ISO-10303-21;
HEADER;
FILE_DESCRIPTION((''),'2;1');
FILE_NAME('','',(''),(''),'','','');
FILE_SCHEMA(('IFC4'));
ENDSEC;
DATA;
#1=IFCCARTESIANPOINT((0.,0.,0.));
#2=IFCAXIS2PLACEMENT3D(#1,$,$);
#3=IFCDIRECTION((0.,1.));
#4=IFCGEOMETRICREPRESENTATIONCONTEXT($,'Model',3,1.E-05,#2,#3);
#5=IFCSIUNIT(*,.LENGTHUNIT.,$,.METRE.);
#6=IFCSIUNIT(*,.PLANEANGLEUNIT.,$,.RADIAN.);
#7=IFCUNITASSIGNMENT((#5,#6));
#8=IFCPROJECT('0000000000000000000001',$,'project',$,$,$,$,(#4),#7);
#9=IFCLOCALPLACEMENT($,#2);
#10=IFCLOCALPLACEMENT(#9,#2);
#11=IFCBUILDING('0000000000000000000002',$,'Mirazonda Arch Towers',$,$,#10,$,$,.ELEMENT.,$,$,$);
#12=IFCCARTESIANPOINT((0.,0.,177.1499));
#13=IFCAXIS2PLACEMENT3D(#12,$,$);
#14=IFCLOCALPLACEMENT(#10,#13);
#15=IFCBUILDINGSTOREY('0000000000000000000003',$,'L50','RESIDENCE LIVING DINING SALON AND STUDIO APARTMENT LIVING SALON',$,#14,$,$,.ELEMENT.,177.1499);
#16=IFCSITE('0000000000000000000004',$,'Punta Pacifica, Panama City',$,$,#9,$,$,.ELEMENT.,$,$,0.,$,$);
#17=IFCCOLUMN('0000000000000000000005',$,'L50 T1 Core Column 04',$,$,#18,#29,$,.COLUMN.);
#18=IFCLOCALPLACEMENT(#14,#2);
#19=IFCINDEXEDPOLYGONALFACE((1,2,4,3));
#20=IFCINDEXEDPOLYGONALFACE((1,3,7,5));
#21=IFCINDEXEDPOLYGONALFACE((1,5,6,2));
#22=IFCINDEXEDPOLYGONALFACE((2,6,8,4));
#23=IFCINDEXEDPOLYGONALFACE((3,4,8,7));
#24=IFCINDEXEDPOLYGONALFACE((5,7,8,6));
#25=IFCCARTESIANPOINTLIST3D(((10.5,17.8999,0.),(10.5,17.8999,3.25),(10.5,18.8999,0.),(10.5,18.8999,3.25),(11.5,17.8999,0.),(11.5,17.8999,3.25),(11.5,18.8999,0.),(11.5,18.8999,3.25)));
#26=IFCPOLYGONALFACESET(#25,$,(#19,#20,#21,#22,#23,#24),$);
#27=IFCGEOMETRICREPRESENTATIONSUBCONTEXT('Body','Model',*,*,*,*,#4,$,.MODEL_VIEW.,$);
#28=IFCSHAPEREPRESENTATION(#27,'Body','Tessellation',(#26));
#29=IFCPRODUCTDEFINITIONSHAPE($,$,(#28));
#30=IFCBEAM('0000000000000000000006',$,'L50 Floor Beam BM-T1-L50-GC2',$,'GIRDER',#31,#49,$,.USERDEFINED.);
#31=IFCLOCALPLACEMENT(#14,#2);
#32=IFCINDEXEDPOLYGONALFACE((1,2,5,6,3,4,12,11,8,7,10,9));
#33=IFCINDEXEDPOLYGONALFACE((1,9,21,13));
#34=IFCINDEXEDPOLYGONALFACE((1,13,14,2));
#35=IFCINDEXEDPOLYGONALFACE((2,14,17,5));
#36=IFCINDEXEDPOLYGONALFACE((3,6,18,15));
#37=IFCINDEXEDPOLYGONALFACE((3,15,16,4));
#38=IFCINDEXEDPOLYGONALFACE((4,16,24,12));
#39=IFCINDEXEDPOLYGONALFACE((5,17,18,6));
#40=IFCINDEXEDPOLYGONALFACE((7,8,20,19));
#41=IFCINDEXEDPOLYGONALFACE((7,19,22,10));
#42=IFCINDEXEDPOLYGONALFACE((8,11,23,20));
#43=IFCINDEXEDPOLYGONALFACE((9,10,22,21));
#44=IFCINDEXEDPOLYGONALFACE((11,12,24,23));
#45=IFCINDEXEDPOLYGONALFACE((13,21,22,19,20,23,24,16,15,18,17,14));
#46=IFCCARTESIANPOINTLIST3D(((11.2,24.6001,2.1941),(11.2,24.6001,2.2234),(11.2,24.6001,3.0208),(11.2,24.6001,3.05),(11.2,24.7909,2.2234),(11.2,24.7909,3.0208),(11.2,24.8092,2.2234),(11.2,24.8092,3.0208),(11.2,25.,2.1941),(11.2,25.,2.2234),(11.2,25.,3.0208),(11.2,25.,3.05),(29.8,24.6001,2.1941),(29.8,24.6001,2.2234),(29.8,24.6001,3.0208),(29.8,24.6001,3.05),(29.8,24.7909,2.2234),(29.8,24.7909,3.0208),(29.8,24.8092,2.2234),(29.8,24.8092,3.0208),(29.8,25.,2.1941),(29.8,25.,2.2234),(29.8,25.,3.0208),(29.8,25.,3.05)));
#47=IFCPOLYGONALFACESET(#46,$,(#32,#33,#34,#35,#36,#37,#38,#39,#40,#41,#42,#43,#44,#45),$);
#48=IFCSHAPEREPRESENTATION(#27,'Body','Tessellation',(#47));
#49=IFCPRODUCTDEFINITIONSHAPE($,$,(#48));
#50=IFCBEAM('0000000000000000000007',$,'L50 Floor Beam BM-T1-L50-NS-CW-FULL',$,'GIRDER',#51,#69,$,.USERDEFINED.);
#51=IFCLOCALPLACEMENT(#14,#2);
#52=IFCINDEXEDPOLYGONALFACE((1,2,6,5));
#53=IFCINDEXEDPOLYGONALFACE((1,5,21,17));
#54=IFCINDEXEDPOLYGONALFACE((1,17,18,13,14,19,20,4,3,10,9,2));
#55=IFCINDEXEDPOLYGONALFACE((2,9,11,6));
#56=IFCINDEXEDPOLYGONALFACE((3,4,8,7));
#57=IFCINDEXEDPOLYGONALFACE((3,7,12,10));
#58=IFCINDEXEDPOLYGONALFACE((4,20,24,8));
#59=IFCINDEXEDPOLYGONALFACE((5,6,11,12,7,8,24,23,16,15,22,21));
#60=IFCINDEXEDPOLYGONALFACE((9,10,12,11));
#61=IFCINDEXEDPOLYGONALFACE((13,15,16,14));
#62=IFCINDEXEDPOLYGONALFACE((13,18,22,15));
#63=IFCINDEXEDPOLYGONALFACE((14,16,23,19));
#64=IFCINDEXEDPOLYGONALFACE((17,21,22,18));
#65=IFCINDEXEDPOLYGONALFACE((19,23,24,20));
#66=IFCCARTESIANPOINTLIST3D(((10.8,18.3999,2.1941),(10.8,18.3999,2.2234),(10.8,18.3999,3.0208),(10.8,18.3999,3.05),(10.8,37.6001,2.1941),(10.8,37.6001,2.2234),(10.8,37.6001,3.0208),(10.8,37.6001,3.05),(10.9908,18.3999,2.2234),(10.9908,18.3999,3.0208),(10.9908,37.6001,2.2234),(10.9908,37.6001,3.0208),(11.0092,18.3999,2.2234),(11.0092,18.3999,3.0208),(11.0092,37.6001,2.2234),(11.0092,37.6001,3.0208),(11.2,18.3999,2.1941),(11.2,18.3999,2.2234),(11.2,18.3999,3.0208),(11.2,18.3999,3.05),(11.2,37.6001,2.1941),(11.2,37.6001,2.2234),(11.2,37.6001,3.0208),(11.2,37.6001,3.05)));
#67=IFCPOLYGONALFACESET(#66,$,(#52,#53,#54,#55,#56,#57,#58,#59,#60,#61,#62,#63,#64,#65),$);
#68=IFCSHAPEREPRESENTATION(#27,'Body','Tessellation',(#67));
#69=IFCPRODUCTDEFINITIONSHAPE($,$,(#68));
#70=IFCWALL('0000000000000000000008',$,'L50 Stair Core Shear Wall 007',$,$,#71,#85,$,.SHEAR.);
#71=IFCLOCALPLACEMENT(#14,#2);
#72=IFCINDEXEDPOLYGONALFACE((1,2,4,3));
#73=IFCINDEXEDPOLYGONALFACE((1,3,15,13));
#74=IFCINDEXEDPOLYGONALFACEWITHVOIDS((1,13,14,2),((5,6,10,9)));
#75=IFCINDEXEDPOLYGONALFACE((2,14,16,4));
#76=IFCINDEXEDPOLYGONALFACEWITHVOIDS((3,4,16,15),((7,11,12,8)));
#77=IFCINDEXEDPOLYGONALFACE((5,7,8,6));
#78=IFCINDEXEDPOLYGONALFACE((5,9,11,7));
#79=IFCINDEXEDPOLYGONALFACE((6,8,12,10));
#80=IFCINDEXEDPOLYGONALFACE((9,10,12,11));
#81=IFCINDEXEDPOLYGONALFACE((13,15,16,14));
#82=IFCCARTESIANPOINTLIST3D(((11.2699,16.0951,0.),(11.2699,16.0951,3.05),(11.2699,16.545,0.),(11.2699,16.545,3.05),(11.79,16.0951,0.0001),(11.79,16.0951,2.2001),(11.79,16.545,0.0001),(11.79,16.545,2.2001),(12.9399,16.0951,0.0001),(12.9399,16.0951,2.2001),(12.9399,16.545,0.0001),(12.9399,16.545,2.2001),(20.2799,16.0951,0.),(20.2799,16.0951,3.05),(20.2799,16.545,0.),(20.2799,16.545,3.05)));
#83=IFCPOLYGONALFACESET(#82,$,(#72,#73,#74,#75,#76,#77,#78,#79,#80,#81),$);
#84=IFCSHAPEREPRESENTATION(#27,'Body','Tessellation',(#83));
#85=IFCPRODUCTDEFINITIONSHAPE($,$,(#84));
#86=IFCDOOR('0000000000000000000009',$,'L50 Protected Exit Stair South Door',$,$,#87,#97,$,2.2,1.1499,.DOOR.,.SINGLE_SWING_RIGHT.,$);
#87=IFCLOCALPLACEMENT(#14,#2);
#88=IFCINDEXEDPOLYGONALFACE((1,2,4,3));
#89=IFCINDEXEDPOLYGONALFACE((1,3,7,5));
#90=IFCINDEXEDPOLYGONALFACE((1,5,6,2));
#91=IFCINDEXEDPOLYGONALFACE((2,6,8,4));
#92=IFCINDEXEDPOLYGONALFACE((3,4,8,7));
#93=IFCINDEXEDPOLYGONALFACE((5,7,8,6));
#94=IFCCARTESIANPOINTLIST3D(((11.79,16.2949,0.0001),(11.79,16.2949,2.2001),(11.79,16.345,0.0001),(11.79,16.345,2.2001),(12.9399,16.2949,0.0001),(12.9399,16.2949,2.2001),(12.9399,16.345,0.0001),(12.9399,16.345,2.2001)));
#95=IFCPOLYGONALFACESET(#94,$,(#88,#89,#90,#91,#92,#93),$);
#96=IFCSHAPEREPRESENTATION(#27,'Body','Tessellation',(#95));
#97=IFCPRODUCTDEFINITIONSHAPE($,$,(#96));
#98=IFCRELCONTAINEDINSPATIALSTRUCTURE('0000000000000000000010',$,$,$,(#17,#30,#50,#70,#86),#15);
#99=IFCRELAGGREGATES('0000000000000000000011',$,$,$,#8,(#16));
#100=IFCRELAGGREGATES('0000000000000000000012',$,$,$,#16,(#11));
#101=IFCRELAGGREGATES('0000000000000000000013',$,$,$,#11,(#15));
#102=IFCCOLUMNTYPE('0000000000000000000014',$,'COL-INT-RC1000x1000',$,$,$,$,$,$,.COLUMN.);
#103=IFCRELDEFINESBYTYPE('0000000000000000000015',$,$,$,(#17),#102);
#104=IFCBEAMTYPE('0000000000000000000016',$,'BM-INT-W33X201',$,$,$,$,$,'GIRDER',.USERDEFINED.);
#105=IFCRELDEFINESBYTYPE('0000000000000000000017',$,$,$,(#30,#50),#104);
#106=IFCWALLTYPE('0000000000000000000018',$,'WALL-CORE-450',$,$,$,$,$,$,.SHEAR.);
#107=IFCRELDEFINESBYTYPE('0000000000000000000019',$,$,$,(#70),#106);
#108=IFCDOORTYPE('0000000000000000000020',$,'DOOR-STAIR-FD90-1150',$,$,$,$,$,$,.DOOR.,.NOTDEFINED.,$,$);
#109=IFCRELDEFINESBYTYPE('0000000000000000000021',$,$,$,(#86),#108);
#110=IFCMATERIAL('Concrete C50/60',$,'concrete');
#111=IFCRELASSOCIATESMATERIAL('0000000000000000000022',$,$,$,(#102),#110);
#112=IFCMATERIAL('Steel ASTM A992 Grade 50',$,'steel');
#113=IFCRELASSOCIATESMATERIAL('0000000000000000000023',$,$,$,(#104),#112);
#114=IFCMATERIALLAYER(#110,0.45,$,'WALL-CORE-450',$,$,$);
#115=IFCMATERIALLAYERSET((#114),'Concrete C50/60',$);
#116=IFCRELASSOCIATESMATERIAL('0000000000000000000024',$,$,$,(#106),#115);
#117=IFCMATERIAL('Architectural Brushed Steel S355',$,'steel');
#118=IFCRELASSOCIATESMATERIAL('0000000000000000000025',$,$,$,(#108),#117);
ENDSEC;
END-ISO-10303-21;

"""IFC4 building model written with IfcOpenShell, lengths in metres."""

from ifc_helpers import new_model, si_unit, direction, frame, frame_2d, origin, origin_2d, place, context, subcontext, project, spatial, rectangle, i_section, extrude, material, layer, layer_set, material_profile, profile_set, type_object, element, fill, save


model = new_model("IFC4")

# Units and contexts
model_context = context("Model", 3, precision=1e-05, world=origin(), true_north=direction((0.0, 1.0)))
body_context = subcontext(model_context, "Body", "Model", "MODEL_VIEW")
ifc_project = project(units=[si_unit("LENGTHUNIT", "METRE"), si_unit("PLANEANGLEUNIT", "RADIAN")], contexts=[model_context])

# Site, building, storey
site_placement = place(None, origin())
site = spatial("IfcSite", under=ifc_project, at=site_placement, Name="Punta Pacifica, Panama City", CompositionType="ELEMENT", RefElevation=0.0)
building_placement = place(site_placement, origin())
building = spatial("IfcBuilding", under=site, at=building_placement, Name="Mirazonda Arch Towers", CompositionType="ELEMENT")
storey_placement = place(building_placement, frame((0.0, 0.0, 177.1499)))
storey = spatial("IfcBuildingStorey", under=building, at=storey_placement, Name="L50", Description="RESIDENCE LIVING DINING SALON AND STUDIO APARTMENT LIVING SALON", CompositionType="ELEMENT", Elevation=177.1499)

# Column
ifc_material_1 = material(Name="Concrete C50/60", Category="concrete")
ifc_material_profile_1 = material_profile(ifc_material_1, rectangle(XDim=1.0, YDim=1.0, at=origin_2d()), Name="RC1000x1000")
ifc_profile_set_1 = profile_set([ifc_material_profile_1], Name="Concrete C50/60")
column_type = type_object("IfcColumnType", Name="COL-INT-RC1000x1000", PredefinedType="COLUMN", material=ifc_profile_set_1)
column_placement = place(storey_placement, frame((11.0, 18.3999, 0.0), z_axis=(0.0, 0.0, 1.0), x_axis=(1.0, 0.0, 0.0)))
element("IfcColumn", 1, at=column_placement, inside=storey, type_object=column_type, Name="L50 T1 Core Column 04", PredefinedType="COLUMN", context=body_context, shape_type="SweptSolid", body=[
    extrude(rectangle(XDim=1.0, YDim=1.0, at=origin_2d()), origin(), (0.0, 0.0, 1.0), 3.25),
])

# Beams
ifc_material_2 = material(Name="Steel ASTM A992 Grade 50", Category="steel")
ifc_material_profile_2 = material_profile(ifc_material_2, i_section(OverallWidth=0.3999, OverallDepth=0.856, WebThickness=0.0183, FlangeThickness=0.0293, at=origin_2d()), Name="W33X201")
ifc_profile_set_2 = profile_set([ifc_material_profile_2], Name="Steel ASTM A992 Grade 50")
beam_type = type_object("IfcBeamType", Name="BM-INT-W33X201", ElementType="GIRDER", PredefinedType="USERDEFINED", material=ifc_profile_set_2)
beam_1_placement = place(storey_placement, frame((11.2, 24.8, 2.6221), z_axis=(1.0, 0.0, 0.0), x_axis=(0.0, 1.0, 0.0)))
element("IfcBeam", 2, at=beam_1_placement, inside=storey, type_object=beam_type, Name="L50 Floor Beam BM-T1-L50-GC2", ObjectType="GIRDER", PredefinedType="USERDEFINED", context=body_context, shape_type="SweptSolid", body=[
    extrude(i_section(OverallWidth=0.3999, OverallDepth=0.856, WebThickness=0.0183, FlangeThickness=0.0293, at=origin_2d()), origin(), (0.0, 0.0, 1.0), 18.6001),
])
beam_2_placement = place(storey_placement, frame((11.0, 18.3999, 2.6221), z_axis=(0.0, 1.0, 0.0), x_axis=(-1.0, 0.0, 0.0)))
element("IfcBeam", 3, at=beam_2_placement, inside=storey, type_object=beam_type, Name="L50 Floor Beam BM-T1-L50-NS-CW-FULL", ObjectType="GIRDER", PredefinedType="USERDEFINED", context=body_context, shape_type="SweptSolid", body=[
    extrude(i_section(OverallWidth=0.3999, OverallDepth=0.856, WebThickness=0.0183, FlangeThickness=0.0293, at=origin_2d()), origin(), (0.0, 0.0, 1.0), 19.2002),
])

# Wall, opening, door
ifc_layer_1 = layer(ifc_material_1, 0.45, Name="WALL-CORE-450")
ifc_layer_set_1 = layer_set([ifc_layer_1], Name="Concrete C50/60")
wall_type_1 = type_object("IfcWallType", Name="WALL-CORE-450", PredefinedType="SHEAR", material=ifc_layer_set_1)
wall_1_placement = place(storey_placement, frame((11.27, 16.3201, 0.0), z_axis=(0.0, 0.0, 1.0), x_axis=(1.0, 0.0, 0.0)))
wall_1 = element("IfcWall", 4, at=wall_1_placement, inside=storey, type_object=wall_type_1, Name="L50 Stair Core Shear Wall 007", PredefinedType="SHEAR", context=body_context, shape_type="SweptSolid", body=[
    extrude(rectangle(XDim=9.01, YDim=0.45, at=frame_2d((4.5049, 0.0))), origin(), (0.0, 0.0, 1.0), 3.05),
])
opening_1_placement = place(wall_1_placement, frame((0.52, 0.0, 0.0)))
opening_1 = element("IfcOpeningElement", 5, at=opening_1_placement, cuts=wall_1, PredefinedType="OPENING", context=body_context, shape_type="SweptSolid", body=[
    extrude(rectangle(XDim=1.1499, YDim=2.2, at=frame_2d((0.575, 1.1001))), frame((0.0, 0.2349, 0.0), z_axis=(0.0, -1.0, 0.0), x_axis=(1.0, 0.0, 0.0)), (0.0, 0.0, 1.0), 0.47),
])
ifc_material_3 = material(Name="Architectural Brushed Steel S355", Category="steel")
door_type_1 = type_object("IfcDoorType", Name="DOOR-STAIR-FD90-1150", OperationType="NOTDEFINED", PredefinedType="DOOR", material=ifc_material_3)
door_1_placement = place(opening_1_placement, origin())
door_1 = element("IfcDoor", 6, at=door_1_placement, inside=storey, type_object=door_type_1, Name="L50 Protected Exit Stair South Door", OperationType="SINGLE_SWING_RIGHT", OverallHeight=2.2, OverallWidth=1.1499, PredefinedType="DOOR", context=body_context, shape_type="SweptSolid", body=[
    extrude(rectangle(XDim=1.1499, YDim=2.2, at=frame_2d((0.575, 1.1001))), frame((0.0, 0.0249, 0.0), z_axis=(0.0, -1.0, 0.0), x_axis=(1.0, 0.0, 0.0)), (0.0, 0.0, 1.0), 0.05),
])
fill(opening_1, door_1)

save(model, "model.ifc")
